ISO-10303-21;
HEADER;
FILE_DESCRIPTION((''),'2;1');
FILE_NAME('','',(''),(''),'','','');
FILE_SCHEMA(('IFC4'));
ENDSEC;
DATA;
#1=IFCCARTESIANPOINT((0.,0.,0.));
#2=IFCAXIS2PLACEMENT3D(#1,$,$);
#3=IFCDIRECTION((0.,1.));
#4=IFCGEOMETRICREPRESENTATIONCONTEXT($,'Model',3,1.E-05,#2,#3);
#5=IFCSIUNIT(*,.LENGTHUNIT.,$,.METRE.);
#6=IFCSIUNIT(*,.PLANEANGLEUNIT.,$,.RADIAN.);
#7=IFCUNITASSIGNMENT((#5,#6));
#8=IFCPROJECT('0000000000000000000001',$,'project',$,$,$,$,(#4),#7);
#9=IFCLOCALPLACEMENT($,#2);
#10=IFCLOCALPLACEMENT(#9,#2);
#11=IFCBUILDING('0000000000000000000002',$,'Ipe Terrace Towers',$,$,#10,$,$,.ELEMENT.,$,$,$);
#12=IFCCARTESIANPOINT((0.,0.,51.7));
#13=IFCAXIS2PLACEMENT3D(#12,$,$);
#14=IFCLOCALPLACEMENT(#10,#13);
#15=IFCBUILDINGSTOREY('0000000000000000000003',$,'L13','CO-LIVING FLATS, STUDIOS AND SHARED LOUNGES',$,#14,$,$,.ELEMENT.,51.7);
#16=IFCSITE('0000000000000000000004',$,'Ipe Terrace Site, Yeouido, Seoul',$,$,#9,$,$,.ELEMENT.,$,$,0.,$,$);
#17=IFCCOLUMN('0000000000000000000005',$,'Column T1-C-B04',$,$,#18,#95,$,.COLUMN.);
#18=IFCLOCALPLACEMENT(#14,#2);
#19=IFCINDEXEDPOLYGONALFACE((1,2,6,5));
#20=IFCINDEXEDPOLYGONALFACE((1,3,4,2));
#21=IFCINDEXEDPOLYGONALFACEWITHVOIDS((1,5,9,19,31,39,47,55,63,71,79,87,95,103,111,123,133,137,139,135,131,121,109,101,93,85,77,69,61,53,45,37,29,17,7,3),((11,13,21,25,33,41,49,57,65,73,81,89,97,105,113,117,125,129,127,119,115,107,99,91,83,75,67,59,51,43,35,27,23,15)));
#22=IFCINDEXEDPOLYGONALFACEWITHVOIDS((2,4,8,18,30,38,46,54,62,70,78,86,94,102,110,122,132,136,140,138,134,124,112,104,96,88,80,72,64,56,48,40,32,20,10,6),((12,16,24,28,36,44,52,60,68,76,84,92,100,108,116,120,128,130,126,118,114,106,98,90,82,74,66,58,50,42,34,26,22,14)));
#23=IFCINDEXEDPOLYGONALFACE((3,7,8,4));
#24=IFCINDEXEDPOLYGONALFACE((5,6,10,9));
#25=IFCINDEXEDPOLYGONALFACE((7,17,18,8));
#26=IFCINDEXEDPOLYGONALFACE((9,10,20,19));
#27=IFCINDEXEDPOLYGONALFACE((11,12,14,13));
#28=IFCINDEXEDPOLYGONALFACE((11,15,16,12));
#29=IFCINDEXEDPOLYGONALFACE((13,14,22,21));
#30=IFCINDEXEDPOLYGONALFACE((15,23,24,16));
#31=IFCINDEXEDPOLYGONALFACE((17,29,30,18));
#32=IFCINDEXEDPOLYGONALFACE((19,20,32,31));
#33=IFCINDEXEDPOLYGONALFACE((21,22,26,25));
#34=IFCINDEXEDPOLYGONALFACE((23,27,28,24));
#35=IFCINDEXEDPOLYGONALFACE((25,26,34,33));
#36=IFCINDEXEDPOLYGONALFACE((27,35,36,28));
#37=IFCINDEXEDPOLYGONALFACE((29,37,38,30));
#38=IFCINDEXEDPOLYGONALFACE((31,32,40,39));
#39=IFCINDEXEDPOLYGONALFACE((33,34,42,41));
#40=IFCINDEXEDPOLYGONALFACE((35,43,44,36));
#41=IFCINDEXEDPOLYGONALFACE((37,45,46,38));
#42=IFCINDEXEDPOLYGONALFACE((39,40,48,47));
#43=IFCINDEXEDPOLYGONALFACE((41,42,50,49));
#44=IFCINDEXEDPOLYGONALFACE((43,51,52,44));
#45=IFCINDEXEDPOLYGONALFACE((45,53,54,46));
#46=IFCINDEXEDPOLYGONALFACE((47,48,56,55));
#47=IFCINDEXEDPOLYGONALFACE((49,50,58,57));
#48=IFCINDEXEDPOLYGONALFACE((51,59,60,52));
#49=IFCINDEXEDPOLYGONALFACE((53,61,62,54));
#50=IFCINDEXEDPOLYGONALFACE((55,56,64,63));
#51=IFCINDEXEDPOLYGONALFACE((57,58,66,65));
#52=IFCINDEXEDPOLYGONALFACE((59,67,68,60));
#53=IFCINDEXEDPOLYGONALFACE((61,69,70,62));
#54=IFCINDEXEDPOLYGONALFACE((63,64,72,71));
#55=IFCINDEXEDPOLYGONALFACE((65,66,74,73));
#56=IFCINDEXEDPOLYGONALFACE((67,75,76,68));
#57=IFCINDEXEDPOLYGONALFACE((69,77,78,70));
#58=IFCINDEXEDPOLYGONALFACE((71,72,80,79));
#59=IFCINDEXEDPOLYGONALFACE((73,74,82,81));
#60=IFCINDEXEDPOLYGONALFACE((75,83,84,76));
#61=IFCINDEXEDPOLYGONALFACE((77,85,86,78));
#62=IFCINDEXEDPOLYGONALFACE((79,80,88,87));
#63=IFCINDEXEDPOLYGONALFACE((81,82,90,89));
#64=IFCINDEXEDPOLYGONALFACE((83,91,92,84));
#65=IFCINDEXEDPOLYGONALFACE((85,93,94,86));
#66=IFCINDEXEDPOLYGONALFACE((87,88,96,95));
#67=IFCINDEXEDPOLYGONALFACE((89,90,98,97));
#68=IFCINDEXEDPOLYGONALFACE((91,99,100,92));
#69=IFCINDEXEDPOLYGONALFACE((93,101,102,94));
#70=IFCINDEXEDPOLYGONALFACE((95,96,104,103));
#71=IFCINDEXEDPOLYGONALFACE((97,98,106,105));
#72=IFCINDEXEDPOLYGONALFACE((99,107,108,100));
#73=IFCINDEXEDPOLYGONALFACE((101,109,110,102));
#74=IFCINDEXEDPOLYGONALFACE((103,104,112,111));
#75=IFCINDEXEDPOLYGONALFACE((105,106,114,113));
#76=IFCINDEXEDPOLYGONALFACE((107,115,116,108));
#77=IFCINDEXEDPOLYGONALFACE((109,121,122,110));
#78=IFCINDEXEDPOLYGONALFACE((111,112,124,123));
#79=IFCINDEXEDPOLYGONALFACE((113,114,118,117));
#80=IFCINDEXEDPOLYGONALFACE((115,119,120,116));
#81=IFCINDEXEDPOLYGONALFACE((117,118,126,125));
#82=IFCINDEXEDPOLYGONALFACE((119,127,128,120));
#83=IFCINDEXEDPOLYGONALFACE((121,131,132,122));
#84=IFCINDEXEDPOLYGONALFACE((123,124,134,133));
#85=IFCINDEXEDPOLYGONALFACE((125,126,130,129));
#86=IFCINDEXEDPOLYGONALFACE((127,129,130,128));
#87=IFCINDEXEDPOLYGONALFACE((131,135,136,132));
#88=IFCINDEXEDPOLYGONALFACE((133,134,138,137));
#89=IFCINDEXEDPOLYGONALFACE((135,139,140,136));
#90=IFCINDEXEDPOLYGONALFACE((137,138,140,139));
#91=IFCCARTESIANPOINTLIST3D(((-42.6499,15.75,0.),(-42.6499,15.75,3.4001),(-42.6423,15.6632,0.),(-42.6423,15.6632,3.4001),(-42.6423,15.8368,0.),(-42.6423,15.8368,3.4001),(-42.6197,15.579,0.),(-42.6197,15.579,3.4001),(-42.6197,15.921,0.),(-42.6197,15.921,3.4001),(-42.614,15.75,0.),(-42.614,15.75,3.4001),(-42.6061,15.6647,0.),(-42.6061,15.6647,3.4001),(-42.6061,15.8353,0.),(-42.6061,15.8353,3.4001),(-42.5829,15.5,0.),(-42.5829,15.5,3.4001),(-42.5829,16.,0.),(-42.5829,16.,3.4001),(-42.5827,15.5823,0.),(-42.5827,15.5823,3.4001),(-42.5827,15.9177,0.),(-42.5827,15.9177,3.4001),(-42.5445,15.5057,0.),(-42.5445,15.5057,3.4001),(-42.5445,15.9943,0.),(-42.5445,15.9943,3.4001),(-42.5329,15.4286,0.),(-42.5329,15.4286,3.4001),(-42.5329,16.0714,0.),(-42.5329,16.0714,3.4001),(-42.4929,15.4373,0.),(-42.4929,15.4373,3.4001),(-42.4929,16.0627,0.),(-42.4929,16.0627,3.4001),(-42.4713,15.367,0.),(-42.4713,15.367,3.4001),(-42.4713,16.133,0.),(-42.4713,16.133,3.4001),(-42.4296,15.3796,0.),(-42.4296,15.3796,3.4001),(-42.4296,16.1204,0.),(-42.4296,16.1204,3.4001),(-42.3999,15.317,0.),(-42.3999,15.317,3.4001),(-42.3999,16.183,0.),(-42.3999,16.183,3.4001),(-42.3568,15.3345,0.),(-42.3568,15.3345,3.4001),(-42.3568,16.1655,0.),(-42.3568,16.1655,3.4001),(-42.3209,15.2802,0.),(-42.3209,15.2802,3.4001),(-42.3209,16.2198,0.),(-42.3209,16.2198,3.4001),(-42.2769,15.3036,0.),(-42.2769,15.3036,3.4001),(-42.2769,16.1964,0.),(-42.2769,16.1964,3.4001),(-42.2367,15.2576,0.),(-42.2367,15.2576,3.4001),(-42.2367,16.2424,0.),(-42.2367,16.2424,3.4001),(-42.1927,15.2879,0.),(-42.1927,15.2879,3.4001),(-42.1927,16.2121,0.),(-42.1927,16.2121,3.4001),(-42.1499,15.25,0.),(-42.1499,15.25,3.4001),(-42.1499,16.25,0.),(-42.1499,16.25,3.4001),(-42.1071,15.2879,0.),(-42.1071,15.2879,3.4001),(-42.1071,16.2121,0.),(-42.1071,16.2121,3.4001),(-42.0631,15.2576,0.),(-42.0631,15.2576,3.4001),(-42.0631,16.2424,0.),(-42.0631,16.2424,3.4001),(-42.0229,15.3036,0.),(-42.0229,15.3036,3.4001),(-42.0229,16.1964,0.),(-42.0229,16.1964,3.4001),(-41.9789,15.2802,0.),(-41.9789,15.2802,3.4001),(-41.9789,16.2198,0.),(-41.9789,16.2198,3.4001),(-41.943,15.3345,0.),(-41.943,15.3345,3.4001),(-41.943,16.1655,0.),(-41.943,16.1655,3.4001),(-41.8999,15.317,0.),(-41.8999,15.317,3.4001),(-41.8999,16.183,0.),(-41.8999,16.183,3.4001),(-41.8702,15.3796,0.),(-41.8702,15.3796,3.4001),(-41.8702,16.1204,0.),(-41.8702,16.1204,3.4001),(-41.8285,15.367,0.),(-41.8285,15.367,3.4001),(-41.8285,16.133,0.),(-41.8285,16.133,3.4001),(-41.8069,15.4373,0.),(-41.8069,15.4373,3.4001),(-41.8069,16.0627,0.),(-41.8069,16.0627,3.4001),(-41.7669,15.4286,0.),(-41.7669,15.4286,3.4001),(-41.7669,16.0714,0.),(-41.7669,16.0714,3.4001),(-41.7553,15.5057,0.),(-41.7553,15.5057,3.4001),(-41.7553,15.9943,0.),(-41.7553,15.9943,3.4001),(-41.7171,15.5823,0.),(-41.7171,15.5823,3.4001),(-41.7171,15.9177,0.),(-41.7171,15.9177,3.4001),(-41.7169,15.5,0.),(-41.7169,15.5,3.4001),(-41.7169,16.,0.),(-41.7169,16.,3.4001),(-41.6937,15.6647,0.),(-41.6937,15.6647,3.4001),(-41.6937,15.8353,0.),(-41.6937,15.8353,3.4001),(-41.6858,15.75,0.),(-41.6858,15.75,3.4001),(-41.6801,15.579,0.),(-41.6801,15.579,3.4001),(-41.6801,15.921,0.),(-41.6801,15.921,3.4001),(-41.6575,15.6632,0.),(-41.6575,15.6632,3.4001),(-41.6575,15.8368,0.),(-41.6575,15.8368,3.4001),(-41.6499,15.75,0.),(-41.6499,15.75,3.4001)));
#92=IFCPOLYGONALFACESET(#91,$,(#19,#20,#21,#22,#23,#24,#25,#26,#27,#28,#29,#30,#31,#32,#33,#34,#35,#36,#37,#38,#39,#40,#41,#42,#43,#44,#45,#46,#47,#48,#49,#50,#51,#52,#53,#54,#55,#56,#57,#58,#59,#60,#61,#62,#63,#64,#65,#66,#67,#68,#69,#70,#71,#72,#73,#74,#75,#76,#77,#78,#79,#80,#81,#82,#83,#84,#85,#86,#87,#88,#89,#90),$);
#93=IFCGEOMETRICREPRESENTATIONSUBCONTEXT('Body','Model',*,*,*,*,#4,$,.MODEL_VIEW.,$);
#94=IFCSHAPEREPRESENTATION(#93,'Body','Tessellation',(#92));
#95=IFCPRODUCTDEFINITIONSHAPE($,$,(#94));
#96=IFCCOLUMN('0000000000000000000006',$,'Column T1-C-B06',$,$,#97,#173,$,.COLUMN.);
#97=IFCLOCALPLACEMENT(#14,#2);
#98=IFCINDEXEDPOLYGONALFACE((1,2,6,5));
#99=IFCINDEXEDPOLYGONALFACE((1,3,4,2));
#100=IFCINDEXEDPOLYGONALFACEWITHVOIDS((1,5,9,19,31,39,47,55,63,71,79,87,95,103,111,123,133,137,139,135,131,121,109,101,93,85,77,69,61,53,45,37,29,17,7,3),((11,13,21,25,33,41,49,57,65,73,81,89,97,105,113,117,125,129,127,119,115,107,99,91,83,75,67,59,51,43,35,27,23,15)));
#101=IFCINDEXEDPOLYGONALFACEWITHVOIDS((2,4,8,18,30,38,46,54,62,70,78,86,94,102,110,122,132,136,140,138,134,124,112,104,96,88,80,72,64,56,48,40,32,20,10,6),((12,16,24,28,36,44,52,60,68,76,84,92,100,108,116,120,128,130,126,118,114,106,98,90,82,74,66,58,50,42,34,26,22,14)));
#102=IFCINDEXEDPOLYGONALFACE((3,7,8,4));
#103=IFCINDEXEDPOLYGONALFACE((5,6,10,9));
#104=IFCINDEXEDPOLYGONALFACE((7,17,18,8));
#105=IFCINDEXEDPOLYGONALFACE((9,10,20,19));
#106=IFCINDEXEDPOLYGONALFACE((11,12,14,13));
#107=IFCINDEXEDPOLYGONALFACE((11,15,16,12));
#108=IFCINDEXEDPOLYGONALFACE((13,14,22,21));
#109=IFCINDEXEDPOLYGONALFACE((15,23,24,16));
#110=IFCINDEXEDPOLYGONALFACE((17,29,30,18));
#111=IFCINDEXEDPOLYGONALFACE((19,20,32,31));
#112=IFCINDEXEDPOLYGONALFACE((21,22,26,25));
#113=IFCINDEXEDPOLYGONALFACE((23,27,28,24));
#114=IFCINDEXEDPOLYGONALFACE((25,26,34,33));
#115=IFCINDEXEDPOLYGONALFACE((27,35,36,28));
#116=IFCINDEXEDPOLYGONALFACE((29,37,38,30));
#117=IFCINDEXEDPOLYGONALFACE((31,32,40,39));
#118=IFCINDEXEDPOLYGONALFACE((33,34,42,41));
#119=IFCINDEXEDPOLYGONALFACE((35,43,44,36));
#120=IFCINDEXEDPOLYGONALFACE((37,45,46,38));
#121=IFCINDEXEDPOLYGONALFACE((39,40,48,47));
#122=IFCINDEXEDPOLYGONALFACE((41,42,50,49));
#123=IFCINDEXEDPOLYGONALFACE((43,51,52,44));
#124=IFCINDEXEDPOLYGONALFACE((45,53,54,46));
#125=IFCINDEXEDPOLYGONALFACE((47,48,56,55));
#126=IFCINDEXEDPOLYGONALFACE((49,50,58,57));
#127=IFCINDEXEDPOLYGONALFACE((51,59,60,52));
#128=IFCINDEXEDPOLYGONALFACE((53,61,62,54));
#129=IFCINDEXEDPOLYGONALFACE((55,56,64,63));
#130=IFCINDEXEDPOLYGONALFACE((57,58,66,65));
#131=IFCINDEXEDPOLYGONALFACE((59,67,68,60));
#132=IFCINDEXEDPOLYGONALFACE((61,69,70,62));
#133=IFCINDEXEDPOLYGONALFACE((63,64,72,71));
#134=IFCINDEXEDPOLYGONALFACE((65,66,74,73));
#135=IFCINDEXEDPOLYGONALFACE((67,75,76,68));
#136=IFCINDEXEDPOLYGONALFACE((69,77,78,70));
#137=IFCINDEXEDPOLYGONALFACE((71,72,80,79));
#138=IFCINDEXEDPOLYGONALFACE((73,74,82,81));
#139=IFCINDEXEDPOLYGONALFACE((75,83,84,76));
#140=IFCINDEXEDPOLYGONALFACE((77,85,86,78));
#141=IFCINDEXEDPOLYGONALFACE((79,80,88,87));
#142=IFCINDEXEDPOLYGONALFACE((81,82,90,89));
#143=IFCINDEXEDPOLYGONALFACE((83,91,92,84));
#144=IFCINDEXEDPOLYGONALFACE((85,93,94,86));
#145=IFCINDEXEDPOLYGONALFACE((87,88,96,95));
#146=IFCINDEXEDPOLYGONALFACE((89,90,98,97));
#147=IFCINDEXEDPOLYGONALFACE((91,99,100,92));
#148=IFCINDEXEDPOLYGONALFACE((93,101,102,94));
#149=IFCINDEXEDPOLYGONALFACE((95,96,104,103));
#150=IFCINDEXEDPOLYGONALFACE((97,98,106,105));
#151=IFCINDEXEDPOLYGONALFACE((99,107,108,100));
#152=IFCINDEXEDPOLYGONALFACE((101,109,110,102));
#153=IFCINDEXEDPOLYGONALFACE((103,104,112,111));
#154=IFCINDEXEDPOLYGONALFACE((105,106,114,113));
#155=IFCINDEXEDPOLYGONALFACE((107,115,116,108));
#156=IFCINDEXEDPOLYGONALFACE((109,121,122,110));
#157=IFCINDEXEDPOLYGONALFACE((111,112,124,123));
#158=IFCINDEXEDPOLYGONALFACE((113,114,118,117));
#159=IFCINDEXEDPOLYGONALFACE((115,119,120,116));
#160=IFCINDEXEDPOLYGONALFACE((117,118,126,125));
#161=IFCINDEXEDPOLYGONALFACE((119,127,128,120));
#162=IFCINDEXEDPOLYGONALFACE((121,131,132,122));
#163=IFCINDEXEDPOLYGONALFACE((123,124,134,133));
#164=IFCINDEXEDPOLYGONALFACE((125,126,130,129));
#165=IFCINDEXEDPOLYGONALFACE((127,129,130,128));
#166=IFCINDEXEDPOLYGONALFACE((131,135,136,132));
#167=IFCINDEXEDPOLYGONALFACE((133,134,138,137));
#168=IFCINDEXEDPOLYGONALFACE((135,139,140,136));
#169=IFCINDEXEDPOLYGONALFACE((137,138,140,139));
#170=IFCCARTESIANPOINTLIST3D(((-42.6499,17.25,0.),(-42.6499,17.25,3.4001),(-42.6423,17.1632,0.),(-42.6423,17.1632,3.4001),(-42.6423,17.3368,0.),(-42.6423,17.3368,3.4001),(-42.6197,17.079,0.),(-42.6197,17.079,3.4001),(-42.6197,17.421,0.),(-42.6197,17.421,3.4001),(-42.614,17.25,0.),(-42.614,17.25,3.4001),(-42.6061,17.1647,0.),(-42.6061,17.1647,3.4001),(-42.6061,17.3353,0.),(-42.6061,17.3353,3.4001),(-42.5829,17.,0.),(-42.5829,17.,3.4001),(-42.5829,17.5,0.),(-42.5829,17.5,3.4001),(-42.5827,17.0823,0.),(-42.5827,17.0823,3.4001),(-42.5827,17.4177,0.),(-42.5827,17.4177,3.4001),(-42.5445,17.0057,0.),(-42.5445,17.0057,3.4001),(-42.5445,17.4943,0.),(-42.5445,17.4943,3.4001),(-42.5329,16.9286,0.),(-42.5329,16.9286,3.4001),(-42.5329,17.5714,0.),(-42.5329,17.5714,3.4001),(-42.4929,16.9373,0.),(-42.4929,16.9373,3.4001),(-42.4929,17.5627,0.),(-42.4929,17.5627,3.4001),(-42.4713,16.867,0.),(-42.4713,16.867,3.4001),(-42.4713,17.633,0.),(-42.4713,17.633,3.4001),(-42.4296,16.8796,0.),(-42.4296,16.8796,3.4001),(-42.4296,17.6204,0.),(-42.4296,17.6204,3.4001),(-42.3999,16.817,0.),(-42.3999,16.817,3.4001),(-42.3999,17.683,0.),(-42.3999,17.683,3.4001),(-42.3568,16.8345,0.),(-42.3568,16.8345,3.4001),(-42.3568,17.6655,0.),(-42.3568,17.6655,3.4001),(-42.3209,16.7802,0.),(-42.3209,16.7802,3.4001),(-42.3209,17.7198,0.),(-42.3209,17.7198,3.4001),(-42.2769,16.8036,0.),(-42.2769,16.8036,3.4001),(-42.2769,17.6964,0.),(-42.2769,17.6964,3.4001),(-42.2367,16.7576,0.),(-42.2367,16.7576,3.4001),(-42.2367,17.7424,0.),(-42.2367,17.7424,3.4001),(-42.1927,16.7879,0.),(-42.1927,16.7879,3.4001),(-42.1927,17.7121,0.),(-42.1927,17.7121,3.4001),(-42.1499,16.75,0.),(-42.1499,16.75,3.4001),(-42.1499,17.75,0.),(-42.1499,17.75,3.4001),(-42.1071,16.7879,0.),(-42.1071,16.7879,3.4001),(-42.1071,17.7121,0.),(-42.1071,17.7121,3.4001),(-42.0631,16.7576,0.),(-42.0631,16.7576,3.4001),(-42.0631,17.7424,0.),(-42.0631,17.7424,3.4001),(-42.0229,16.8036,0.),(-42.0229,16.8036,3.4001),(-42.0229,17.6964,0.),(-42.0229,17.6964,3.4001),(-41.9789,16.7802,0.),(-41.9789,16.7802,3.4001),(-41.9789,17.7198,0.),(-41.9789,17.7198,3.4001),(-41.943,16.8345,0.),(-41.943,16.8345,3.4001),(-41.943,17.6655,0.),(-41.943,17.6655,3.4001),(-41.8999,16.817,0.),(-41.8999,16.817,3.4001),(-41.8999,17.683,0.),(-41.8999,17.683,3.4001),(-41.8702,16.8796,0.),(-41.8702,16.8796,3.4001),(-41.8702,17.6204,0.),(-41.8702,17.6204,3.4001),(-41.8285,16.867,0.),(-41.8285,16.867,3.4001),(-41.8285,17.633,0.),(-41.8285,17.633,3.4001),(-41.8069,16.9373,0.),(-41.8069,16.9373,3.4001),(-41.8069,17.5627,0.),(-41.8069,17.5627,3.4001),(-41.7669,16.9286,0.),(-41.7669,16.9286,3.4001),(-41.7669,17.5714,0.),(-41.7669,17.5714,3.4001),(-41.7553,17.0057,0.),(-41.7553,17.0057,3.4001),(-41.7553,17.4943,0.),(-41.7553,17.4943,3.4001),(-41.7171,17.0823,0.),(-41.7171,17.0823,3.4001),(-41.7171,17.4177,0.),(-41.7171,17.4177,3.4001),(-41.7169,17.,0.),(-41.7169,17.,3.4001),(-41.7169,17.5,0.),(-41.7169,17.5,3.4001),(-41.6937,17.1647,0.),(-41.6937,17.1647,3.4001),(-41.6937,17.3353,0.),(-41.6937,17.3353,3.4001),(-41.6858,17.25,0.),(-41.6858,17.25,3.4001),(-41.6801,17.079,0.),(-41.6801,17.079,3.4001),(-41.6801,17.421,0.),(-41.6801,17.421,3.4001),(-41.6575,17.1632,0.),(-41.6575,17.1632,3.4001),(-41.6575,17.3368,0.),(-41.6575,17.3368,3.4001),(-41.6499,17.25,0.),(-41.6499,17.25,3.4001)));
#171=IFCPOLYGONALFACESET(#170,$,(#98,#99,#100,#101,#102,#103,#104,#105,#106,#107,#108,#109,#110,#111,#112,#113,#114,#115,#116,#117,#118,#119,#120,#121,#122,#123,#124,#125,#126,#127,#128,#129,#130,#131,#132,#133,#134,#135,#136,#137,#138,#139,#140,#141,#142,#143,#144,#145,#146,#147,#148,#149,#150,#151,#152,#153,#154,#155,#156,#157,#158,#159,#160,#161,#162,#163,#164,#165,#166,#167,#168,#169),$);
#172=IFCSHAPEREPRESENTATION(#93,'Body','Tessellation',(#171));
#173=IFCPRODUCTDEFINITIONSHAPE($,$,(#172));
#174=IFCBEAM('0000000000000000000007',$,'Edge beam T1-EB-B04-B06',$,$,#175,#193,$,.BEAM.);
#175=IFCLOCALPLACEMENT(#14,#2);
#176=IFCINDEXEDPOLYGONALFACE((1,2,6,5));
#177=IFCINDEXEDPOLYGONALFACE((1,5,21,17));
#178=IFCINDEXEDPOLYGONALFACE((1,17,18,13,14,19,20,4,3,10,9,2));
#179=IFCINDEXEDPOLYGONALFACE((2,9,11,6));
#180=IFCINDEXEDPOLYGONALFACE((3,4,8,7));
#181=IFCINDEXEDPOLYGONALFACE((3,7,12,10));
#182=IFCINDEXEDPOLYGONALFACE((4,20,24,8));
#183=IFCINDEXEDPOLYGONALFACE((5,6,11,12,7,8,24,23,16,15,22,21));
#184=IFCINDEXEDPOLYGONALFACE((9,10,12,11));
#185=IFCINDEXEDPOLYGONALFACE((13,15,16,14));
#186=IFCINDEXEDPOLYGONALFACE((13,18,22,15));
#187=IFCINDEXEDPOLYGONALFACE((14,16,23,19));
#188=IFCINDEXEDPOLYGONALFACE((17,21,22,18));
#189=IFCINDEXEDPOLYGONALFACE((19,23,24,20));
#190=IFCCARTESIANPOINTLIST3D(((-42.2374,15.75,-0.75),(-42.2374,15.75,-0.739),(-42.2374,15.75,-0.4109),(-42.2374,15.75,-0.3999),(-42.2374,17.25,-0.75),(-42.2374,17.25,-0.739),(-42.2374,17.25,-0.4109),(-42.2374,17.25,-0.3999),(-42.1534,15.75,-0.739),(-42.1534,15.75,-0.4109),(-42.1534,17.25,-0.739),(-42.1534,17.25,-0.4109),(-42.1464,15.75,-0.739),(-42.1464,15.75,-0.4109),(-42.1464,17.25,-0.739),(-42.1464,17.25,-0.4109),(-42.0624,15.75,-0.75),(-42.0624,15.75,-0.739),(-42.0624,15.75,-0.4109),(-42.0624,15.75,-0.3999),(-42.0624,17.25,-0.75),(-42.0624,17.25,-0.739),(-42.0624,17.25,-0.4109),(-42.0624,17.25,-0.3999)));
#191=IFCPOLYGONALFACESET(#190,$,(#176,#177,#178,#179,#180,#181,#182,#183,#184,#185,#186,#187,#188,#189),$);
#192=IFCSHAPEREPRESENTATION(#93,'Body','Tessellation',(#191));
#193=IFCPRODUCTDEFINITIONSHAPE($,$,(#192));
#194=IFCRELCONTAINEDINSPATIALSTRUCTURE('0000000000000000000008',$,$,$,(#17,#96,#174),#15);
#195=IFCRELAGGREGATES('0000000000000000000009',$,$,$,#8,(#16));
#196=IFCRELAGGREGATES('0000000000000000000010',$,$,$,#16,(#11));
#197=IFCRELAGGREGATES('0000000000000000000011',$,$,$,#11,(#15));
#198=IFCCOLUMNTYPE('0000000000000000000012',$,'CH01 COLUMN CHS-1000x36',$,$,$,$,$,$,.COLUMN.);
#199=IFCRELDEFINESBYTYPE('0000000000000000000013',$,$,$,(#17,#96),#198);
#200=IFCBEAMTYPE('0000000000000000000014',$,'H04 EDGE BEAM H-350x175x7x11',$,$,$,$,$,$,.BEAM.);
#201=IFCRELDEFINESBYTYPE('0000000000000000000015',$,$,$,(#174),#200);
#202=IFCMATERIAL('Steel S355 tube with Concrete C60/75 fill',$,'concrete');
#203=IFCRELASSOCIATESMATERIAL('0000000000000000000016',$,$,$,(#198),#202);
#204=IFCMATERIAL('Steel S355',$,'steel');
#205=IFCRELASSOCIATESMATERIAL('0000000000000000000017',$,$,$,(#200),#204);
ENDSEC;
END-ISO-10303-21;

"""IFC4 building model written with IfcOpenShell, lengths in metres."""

from ifc_helpers import new_model, si_unit, direction, frame, origin, origin_2d, place, context, subcontext, project, spatial, hollow_circle, i_section, extrude, material, material_profile, profile_set, type_object, element, save


model = new_model("IFC4")

# Units and contexts
model_context = context("Model", 3, precision=1e-05, world=origin(), true_north=direction((0.0, 1.0)))
body_context = subcontext(model_context, "Body", "Model", "MODEL_VIEW")
ifc_project = project(units=[si_unit("LENGTHUNIT", "METRE"), si_unit("PLANEANGLEUNIT", "RADIAN")], contexts=[model_context])

# Site, building, storey
site_placement = place(None, origin())
site = spatial("IfcSite", under=ifc_project, at=site_placement, Name="Ipe Terrace Site, Yeouido, Seoul", CompositionType="ELEMENT", RefElevation=0.0)
building_placement = place(site_placement, origin())
building = spatial("IfcBuilding", under=site, at=building_placement, Name="Ipe Terrace Towers", CompositionType="ELEMENT")
storey_placement = place(building_placement, frame((0.0, 0.0, 51.7)))
storey = spatial("IfcBuildingStorey", under=building, at=storey_placement, Name="L13", Description="CO-LIVING FLATS, STUDIOS AND SHARED LOUNGES", CompositionType="ELEMENT", Elevation=51.7)

# Columns
ifc_material_1 = material(Name="Steel S355 tube with Concrete C60/75 fill", Category="concrete")
ifc_material_profile_1 = material_profile(ifc_material_1, hollow_circle(Radius=0.5, WallThickness=0.0359, at=origin_2d()), Name="CHS-1000x36")
ifc_profile_set_1 = profile_set([ifc_material_profile_1], Name="Steel S355 tube with Concrete C60/75 fill")
column_type = type_object("IfcColumnType", Name="CH01 COLUMN CHS-1000x36", PredefinedType="COLUMN", material=ifc_profile_set_1)
for number, where, z_axis, x_axis, name in (
    (1, (-42.1499, 15.75, 0.0), (0.0, 0.0, 1.0), (1.0, 0.0, 0.0), "Column T1-C-B04"),
    (2, (-42.1499, 17.25, 0.0), (0.0, 0.0, 1.0), (1.0, 0.0, 0.0), "Column T1-C-B06"),
):
    element("IfcColumn", number, at=place(storey_placement, frame(where, z_axis=z_axis, x_axis=x_axis)), inside=storey, type_object=column_type, Name=name, PredefinedType="COLUMN", context=body_context, shape_type="SweptSolid", body=[
        extrude(hollow_circle(Radius=0.5, WallThickness=0.0359, at=origin_2d()), origin(), (0.0, 0.0, 1.0), 3.4001),
    ])

# Beam
ifc_material_2 = material(Name="Steel S355", Category="steel")
ifc_material_profile_2 = material_profile(ifc_material_2, i_section(OverallWidth=0.175, OverallDepth=0.3501, WebThickness=0.0071, FlangeThickness=0.011, at=origin_2d()), Name="H-350x175x7x11")
ifc_profile_set_2 = profile_set([ifc_material_profile_2], Name="Steel S355")
beam_type = type_object("IfcBeamType", Name="H04 EDGE BEAM H-350x175x7x11", PredefinedType="BEAM", material=ifc_profile_set_2)
beam_placement = place(storey_placement, frame((-42.1499, 15.75, -0.575), z_axis=(0.0, 1.0, 0.0), x_axis=(-1.0, 0.0, 0.0)))
element("IfcBeam", 3, at=beam_placement, inside=storey, type_object=beam_type, Name="Edge beam T1-EB-B04-B06", PredefinedType="BEAM", context=body_context, shape_type="SweptSolid", body=[
    extrude(i_section(OverallWidth=0.175, OverallDepth=0.3501, WebThickness=0.0071, FlangeThickness=0.011, at=origin_2d()), origin(), (0.0, 0.0, 1.0), 1.5),
])

save(model, "model.ifc")
